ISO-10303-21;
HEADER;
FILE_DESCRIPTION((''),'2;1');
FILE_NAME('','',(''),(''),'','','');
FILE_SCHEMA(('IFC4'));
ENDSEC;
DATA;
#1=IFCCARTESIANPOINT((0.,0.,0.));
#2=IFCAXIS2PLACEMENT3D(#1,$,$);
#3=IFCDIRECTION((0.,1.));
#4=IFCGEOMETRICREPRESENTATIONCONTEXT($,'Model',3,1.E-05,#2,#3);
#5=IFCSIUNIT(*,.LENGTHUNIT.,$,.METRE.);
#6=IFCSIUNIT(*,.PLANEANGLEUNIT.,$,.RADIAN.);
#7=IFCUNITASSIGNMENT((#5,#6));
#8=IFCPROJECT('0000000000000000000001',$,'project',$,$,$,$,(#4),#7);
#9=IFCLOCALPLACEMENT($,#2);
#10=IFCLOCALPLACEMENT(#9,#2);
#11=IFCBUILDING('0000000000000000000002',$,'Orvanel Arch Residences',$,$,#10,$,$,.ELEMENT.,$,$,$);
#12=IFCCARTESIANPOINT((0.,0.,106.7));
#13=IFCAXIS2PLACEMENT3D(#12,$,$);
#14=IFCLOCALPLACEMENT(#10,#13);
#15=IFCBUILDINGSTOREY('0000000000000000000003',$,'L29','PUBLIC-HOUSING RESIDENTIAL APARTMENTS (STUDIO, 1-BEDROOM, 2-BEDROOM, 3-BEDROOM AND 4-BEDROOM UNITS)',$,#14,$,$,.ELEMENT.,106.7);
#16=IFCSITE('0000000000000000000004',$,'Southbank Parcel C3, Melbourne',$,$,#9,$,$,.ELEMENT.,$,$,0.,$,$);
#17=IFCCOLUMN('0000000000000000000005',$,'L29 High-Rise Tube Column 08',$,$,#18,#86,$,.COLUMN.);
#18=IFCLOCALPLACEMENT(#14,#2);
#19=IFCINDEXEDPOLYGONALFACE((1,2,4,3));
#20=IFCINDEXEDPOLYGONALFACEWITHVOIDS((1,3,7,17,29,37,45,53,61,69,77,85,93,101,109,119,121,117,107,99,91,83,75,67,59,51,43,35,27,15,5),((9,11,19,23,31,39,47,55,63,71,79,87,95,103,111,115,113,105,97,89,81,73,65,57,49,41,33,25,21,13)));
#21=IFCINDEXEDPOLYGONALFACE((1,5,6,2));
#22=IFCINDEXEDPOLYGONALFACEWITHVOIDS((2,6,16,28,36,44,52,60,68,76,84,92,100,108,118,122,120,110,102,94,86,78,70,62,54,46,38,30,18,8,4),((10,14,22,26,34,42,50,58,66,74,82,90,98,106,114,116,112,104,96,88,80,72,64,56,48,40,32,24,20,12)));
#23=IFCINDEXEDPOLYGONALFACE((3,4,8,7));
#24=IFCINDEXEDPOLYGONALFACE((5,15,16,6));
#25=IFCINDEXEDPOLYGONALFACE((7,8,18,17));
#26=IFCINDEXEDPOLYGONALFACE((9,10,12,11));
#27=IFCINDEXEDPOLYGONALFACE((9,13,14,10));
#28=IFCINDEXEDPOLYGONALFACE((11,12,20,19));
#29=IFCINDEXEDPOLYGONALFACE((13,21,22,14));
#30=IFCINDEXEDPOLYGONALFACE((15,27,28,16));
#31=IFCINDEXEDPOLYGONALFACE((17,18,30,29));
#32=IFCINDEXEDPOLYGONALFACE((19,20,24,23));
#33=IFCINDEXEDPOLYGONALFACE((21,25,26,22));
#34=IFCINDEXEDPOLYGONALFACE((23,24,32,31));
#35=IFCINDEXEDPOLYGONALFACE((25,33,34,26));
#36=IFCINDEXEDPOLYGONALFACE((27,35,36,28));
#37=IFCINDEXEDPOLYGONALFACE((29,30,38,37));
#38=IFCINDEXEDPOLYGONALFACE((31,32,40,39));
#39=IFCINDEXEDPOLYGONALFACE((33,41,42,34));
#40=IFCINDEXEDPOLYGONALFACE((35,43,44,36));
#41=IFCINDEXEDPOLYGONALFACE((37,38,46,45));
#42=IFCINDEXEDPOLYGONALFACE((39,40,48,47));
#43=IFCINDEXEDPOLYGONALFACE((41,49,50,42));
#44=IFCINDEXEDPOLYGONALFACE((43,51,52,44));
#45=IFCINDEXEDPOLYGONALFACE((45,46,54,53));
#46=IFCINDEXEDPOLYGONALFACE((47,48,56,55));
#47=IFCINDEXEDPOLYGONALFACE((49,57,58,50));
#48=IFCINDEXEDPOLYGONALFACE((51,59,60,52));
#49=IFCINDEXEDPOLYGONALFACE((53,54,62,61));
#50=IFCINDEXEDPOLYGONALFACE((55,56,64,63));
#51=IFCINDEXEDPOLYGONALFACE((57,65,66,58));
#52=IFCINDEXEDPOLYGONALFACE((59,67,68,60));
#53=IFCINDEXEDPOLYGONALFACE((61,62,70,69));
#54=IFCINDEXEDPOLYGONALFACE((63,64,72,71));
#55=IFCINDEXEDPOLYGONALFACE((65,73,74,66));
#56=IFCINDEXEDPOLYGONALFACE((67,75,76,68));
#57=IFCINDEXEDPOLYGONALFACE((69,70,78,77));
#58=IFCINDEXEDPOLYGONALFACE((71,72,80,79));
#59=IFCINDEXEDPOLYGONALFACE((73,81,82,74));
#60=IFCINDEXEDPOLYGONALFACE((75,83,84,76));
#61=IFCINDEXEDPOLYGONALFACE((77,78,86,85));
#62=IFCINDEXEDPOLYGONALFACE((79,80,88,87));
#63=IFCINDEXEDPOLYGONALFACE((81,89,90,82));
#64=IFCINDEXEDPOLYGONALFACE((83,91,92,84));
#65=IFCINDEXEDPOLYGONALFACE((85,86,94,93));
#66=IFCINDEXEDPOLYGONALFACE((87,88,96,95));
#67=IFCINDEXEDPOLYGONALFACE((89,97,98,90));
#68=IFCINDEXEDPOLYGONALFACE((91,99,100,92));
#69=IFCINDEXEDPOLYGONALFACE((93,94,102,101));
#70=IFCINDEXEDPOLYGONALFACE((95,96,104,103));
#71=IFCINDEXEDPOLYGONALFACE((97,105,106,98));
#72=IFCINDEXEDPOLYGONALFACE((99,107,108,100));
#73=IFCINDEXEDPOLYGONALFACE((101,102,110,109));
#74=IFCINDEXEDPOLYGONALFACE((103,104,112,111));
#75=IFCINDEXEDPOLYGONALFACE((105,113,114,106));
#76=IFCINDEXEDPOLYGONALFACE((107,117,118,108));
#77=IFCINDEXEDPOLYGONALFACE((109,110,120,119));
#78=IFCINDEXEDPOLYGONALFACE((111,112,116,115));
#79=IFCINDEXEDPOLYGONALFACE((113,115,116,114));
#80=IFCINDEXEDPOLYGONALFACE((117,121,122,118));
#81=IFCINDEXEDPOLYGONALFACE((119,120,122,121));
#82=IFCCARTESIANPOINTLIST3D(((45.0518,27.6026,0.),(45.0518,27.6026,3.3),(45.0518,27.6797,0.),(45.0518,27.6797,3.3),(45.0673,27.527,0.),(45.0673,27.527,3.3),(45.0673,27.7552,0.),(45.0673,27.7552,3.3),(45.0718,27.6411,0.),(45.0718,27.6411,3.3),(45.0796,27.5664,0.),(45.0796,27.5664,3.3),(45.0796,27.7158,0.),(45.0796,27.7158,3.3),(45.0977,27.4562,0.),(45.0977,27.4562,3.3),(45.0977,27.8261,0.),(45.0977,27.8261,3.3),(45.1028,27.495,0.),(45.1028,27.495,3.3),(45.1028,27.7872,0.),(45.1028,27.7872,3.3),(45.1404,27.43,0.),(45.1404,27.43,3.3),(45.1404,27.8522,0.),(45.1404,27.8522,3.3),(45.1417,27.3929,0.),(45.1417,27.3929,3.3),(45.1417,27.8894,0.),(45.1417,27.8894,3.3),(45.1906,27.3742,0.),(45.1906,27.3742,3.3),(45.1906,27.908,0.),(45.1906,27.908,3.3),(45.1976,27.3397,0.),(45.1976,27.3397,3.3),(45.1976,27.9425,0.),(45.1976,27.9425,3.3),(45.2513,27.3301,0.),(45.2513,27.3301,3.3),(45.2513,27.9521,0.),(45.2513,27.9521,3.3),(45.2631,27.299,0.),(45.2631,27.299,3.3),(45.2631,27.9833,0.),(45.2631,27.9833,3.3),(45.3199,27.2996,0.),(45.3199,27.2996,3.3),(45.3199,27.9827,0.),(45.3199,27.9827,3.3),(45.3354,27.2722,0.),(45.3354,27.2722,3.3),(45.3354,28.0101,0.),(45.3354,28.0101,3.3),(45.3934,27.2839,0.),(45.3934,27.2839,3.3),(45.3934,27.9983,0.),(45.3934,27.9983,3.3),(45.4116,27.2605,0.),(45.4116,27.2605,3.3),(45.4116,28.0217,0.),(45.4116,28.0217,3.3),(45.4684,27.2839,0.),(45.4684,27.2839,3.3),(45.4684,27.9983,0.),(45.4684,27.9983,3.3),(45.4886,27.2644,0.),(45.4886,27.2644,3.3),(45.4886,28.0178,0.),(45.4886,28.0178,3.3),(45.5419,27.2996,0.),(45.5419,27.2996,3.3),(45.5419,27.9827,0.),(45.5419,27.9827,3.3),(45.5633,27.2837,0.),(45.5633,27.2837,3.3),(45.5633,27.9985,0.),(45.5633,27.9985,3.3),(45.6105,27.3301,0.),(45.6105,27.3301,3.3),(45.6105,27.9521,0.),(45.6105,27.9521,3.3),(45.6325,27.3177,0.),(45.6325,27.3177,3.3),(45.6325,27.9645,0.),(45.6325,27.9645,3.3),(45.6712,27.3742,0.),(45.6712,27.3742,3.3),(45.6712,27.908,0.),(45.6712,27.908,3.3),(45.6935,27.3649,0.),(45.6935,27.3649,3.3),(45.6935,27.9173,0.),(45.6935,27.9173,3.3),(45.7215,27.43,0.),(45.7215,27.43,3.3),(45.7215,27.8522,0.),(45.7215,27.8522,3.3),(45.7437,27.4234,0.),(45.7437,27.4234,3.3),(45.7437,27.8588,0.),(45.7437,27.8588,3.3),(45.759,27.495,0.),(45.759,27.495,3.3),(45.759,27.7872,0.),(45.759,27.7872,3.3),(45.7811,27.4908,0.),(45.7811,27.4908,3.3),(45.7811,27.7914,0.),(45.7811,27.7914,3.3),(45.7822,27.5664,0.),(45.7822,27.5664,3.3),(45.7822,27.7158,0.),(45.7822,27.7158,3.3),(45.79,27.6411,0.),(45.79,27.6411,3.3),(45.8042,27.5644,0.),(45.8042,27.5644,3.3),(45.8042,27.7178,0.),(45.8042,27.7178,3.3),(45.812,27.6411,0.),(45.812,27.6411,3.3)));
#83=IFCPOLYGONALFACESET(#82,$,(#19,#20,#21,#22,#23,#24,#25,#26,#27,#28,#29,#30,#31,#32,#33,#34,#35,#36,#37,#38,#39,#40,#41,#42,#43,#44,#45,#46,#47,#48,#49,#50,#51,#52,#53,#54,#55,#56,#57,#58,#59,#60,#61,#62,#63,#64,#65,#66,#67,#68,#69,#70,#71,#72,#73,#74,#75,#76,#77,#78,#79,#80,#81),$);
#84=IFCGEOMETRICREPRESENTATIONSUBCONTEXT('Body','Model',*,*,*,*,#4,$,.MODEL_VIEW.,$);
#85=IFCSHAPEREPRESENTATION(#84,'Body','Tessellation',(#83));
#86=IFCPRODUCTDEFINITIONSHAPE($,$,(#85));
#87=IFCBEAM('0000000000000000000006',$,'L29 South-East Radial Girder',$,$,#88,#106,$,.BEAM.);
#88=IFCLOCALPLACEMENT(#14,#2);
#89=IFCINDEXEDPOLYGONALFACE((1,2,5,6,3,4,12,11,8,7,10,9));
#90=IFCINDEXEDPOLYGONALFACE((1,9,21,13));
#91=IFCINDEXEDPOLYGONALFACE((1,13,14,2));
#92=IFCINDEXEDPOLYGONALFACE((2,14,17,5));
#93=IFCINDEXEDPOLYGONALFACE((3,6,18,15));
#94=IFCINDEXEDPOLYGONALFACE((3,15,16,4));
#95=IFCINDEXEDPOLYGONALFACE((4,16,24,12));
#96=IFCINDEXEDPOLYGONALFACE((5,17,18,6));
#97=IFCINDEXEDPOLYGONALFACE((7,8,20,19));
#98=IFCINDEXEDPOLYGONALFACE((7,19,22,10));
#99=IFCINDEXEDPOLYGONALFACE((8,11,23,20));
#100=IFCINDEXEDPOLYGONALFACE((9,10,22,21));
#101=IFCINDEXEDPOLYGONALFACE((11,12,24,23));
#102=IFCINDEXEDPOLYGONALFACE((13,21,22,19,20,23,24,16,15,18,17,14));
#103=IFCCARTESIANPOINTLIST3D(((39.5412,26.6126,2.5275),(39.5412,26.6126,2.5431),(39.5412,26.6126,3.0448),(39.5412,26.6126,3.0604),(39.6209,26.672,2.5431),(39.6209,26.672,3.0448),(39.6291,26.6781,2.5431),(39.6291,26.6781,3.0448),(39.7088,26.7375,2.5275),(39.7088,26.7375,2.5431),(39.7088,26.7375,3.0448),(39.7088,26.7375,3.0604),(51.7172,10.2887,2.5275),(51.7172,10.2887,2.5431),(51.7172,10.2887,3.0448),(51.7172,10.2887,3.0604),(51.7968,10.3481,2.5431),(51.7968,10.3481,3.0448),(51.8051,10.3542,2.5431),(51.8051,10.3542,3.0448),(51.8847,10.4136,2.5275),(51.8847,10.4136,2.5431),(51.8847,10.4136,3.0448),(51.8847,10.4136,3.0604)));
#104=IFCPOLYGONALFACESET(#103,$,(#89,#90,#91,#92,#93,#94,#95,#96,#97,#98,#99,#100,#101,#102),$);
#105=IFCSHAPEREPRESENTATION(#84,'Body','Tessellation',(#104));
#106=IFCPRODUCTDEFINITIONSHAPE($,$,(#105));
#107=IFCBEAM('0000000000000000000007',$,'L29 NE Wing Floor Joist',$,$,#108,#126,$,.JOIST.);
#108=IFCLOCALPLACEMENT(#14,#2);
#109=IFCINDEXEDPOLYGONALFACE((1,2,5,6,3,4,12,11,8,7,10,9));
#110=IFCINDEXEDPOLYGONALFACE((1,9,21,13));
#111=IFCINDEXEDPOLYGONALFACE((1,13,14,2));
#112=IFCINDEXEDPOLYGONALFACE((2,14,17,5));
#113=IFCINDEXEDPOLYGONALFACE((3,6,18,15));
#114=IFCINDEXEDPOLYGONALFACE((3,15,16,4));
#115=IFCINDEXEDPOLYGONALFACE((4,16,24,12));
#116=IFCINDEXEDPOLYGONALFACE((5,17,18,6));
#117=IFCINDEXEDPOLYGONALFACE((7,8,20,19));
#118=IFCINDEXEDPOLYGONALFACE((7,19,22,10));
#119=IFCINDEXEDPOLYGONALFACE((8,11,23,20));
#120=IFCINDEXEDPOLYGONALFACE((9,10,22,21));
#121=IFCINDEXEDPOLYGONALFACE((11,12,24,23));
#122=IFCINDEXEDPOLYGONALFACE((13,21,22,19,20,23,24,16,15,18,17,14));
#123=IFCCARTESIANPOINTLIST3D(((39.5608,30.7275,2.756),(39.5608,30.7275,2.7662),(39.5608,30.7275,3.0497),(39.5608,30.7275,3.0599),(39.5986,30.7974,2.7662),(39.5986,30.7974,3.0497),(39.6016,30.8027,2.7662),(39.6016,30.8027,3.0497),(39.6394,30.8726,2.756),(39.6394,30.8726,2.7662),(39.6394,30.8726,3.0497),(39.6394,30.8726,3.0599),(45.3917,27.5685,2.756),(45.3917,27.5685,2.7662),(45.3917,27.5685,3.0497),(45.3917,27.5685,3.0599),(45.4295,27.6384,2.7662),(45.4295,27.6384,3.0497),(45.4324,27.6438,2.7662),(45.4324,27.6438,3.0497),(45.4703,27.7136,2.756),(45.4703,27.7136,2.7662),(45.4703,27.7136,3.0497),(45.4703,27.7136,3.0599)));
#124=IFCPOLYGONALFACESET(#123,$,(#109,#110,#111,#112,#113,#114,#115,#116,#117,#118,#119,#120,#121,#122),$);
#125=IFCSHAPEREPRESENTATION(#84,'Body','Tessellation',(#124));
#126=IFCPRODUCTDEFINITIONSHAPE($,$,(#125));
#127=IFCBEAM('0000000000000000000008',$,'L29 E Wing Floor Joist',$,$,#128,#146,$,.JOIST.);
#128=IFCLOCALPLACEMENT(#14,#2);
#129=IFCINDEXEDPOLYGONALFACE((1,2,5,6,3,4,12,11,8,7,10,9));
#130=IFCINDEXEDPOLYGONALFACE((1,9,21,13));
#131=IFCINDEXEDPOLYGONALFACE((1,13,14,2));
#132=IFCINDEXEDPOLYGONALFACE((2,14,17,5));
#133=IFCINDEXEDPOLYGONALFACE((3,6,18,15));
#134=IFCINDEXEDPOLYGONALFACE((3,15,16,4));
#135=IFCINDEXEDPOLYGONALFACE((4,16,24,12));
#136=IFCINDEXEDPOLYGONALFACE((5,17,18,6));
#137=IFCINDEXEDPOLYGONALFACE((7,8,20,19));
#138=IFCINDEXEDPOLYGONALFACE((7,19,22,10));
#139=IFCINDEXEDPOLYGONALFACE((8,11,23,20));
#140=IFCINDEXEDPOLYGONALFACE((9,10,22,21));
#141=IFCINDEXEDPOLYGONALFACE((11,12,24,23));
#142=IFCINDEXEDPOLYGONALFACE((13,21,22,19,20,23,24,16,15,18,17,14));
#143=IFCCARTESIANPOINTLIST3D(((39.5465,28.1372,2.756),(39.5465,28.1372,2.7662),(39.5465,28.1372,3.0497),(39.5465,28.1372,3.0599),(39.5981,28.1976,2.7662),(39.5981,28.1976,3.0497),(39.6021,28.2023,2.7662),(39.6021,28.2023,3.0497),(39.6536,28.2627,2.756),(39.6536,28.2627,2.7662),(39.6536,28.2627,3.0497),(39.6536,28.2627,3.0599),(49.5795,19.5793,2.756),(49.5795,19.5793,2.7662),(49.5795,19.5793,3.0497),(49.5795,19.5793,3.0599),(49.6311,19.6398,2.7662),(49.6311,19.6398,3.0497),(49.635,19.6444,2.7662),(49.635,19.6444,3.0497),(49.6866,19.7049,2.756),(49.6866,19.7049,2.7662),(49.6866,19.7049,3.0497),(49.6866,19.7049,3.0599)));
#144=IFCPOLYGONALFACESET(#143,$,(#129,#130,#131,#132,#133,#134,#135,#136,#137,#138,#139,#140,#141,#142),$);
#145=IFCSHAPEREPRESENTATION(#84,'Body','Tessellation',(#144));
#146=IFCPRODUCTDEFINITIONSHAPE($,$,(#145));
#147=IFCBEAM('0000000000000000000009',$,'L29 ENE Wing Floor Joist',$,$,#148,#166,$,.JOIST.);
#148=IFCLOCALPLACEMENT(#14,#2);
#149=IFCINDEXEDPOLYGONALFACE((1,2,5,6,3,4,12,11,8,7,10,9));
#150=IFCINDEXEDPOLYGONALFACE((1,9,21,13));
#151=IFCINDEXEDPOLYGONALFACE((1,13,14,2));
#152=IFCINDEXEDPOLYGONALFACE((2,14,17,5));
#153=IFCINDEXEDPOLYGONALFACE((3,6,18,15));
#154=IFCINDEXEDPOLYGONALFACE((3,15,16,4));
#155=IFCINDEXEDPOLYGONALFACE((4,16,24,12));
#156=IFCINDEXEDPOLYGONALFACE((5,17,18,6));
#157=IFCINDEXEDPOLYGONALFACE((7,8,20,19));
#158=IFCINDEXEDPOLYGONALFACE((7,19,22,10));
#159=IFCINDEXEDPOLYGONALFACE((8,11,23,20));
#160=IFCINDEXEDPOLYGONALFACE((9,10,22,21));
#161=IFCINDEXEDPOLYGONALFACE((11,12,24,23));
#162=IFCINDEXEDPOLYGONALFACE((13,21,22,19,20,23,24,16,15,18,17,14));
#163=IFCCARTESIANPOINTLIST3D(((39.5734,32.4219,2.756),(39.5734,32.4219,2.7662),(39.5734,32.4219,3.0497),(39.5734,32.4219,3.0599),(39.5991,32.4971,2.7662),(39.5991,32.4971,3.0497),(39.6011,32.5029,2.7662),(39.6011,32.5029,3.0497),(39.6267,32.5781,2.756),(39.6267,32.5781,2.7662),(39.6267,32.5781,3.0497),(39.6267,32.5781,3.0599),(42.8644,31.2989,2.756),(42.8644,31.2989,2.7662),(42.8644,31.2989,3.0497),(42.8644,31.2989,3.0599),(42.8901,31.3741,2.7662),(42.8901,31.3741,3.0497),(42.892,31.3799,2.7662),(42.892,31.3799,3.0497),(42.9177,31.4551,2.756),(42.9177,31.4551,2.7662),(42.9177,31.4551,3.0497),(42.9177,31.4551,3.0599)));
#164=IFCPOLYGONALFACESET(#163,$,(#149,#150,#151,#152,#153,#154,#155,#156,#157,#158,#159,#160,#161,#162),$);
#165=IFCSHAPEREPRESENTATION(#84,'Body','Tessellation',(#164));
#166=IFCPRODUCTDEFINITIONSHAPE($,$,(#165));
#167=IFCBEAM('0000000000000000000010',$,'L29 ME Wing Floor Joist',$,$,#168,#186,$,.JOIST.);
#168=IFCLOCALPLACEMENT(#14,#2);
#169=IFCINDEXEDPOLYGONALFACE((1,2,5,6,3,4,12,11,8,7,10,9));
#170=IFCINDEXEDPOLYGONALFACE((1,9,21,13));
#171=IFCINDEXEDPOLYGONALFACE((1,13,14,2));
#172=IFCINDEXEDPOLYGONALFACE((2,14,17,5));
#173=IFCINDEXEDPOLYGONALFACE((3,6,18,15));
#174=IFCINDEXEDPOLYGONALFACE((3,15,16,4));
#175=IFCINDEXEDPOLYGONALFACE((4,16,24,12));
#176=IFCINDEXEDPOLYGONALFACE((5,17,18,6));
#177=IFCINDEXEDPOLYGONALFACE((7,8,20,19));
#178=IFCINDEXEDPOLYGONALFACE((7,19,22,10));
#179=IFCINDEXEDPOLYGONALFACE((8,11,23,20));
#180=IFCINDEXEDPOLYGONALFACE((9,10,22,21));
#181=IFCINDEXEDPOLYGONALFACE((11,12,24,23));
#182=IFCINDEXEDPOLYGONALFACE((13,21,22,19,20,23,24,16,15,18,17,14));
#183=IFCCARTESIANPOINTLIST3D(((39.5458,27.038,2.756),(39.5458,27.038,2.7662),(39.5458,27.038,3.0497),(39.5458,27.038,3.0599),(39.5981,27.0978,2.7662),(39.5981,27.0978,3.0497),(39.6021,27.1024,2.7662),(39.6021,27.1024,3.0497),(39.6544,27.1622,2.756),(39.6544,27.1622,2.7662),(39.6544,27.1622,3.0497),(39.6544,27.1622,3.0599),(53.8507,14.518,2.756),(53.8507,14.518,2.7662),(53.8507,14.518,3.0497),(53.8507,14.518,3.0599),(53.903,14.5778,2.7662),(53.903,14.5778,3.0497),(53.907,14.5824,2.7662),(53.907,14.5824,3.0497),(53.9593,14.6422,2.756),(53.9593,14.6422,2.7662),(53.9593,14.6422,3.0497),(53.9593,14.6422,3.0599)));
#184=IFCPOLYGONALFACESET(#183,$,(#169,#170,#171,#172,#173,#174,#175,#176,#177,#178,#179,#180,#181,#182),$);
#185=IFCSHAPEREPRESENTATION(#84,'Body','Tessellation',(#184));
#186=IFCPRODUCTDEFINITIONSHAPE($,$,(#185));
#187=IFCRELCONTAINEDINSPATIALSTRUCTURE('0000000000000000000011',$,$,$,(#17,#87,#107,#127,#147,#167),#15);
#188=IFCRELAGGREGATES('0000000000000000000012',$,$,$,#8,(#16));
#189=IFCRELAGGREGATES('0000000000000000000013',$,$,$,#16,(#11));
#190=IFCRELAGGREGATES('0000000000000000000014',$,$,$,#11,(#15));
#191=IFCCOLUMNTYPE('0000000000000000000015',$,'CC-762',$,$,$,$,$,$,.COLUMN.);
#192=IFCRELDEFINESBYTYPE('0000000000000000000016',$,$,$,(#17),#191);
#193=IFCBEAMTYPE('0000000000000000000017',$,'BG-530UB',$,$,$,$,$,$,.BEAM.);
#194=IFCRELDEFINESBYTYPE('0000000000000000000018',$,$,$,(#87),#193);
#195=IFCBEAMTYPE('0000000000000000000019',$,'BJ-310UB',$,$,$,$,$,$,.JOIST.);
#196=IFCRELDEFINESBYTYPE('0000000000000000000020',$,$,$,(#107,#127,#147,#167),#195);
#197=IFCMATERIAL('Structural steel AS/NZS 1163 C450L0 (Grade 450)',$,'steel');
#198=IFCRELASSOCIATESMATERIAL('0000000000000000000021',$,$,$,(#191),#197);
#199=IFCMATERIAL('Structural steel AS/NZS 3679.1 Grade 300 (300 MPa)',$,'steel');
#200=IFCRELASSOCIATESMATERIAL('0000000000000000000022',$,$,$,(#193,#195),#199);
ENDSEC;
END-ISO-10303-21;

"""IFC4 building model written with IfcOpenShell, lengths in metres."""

from ifc_helpers import new_model, si_unit, direction, frame, origin, origin_2d, place, context, subcontext, project, spatial, hollow_circle, i_section, extrude, material, material_profile, profile_set, type_object, element, save


model = new_model("IFC4")

# Units and contexts
model_context = context("Model", 3, precision=1e-05, world=origin(), true_north=direction((0.0, 1.0)))
body_context = subcontext(model_context, "Body", "Model", "MODEL_VIEW")
ifc_project = project(units=[si_unit("LENGTHUNIT", "METRE"), si_unit("PLANEANGLEUNIT", "RADIAN")], contexts=[model_context])

# Site, building, storey
site_placement = place(None, origin())
site = spatial("IfcSite", under=ifc_project, at=site_placement, Name="Southbank Parcel C3, Melbourne", CompositionType="ELEMENT", RefElevation=0.0)
building_placement = place(site_placement, origin())
building = spatial("IfcBuilding", under=site, at=building_placement, Name="Orvanel Arch Residences", CompositionType="ELEMENT")
storey_placement = place(building_placement, frame((0.0, 0.0, 106.7)))
storey = spatial("IfcBuildingStorey", under=building, at=storey_placement, Name="L29", Description="PUBLIC-HOUSING RESIDENTIAL APARTMENTS (STUDIO, 1-BEDROOM, 2-BEDROOM, 3-BEDROOM AND 4-BEDROOM UNITS)", CompositionType="ELEMENT", Elevation=106.7)

# Column
ifc_material_1 = material(Name="Structural steel AS/NZS 1163 C450L0 (Grade 450)", Category="steel")
ifc_material_profile_1 = material_profile(ifc_material_1, hollow_circle(Radius=0.3811, WallThickness=0.022, at=origin_2d()), Name="CHS762x22")
ifc_profile_set_1 = profile_set([ifc_material_profile_1], Name="Structural steel AS/NZS 1163 C450L0 (Grade 450)")
column_type = type_object("IfcColumnType", Name="CC-762", PredefinedType="COLUMN", material=ifc_profile_set_1)
column_placement = place(storey_placement, frame((45.4309, 27.6411, 0.0), z_axis=(0.0, 0.0, 1.0), x_axis=(1.0, 0.0, 0.0)))
element("IfcColumn", 1, at=column_placement, inside=storey, type_object=column_type, Name="L29 High-Rise Tube Column 08", PredefinedType="COLUMN", context=body_context, shape_type="SweptSolid", body=[
    extrude(hollow_circle(Radius=0.3811, WallThickness=0.022, at=origin_2d()), origin(), (0.0, 0.0, 1.0), 3.3),
])

# Beams
ifc_material_2 = material(Name="Structural steel AS/NZS 3679.1 Grade 300 (300 MPa)", Category="steel")
ifc_material_profile_2 = material_profile(ifc_material_2, i_section(OverallWidth=0.209, OverallDepth=0.533, WebThickness=0.0103, FlangeThickness=0.0156, at=origin_2d()), Name="530UB92.4")
ifc_profile_set_2 = profile_set([ifc_material_profile_2], Name="Structural steel AS/NZS 3679.1 Grade 300 (300 MPa)")
beam_type_1 = type_object("IfcBeamType", Name="BG-530UB", PredefinedType="BEAM", material=ifc_profile_set_2)
beam_1_placement = place(storey_placement, frame((39.625, 26.675, 2.7939), z_axis=(0.597894, -0.801575, 0.0), x_axis=(0.801575, 0.597894, 0.0)))
element("IfcBeam", 2, at=beam_1_placement, inside=storey, type_object=beam_type_1, Name="L29 South-East Radial Girder", PredefinedType="BEAM", context=body_context, shape_type="SweptSolid", body=[
    extrude(i_section(OverallWidth=0.209, OverallDepth=0.533, WebThickness=0.0103, FlangeThickness=0.0156, at=origin_2d()), origin(), (0.0, 0.0, 1.0), 20.3647),
])
ifc_material_profile_3 = material_profile(ifc_material_2, i_section(OverallWidth=0.165, OverallDepth=0.304, WebThickness=0.0061, FlangeThickness=0.0103, at=origin_2d()), Name="310UB40.4")
ifc_profile_set_3 = profile_set([ifc_material_profile_3], Name="Structural steel AS/NZS 3679.1 Grade 300 (300 MPa)")
beam_type_2 = type_object("IfcBeamType", Name="BJ-310UB", PredefinedType="JOIST", material=ifc_profile_set_3)
beam_2_placement = place(storey_placement, frame((39.6001, 30.8, 2.908), z_axis=(0.879255, -0.476351, 0.0), x_axis=(0.476351, 0.879255, 0.0)))
element("IfcBeam", 3, at=beam_2_placement, inside=storey, type_object=beam_type_2, Name="L29 NE Wing Floor Joist", PredefinedType="JOIST", context=body_context, shape_type="SweptSolid", body=[
    extrude(i_section(OverallWidth=0.165, OverallDepth=0.304, WebThickness=0.0061, FlangeThickness=0.0103, at=origin_2d()), origin(), (0.0, 0.0, 1.0), 6.6316),
])
beam_3_placement = place(storey_placement, frame((39.6001, 28.2, 2.908), z_axis=(0.760821, -0.648961, 0.0), x_axis=(0.648961, 0.760821, 0.0)))
element("IfcBeam", 4, at=beam_3_placement, inside=storey, type_object=beam_type_2, Name="L29 E Wing Floor Joist", PredefinedType="JOIST", context=body_context, shape_type="SweptSolid", body=[
    extrude(i_section(OverallWidth=0.165, OverallDepth=0.304, WebThickness=0.0061, FlangeThickness=0.0103, at=origin_2d()), origin(), (0.0, 0.0, 1.0), 13.187),
])
beam_4_placement = place(storey_placement, frame((39.6001, 32.5, 2.908), z_axis=(0.946413, -0.32296, 0.0), x_axis=(0.32296, 0.946413, 0.0)))
element("IfcBeam", 5, at=beam_4_placement, inside=storey, type_object=beam_type_2, Name="L29 ENE Wing Floor Joist", PredefinedType="JOIST", context=body_context, shape_type="SweptSolid", body=[
    extrude(i_section(OverallWidth=0.165, OverallDepth=0.304, WebThickness=0.0061, FlangeThickness=0.0103, at=origin_2d()), origin(), (0.0, 0.0, 1.0), 3.4773),
])
beam_5_placement = place(storey_placement, frame((39.6001, 27.1001, 2.908), z_axis=(0.752493, -0.6586, 0.0), x_axis=(0.6586, 0.752493, 0.0)))
element("IfcBeam", 6, at=beam_5_placement, inside=storey, type_object=beam_type_2, Name="L29 ME Wing Floor Joist", PredefinedType="JOIST", context=body_context, shape_type="SweptSolid", body=[
    extrude(i_section(OverallWidth=0.165, OverallDepth=0.304, WebThickness=0.0061, FlangeThickness=0.0103, at=origin_2d()), origin(), (0.0, 0.0, 1.0), 19.01),
])

save(model, "model.ifc")
